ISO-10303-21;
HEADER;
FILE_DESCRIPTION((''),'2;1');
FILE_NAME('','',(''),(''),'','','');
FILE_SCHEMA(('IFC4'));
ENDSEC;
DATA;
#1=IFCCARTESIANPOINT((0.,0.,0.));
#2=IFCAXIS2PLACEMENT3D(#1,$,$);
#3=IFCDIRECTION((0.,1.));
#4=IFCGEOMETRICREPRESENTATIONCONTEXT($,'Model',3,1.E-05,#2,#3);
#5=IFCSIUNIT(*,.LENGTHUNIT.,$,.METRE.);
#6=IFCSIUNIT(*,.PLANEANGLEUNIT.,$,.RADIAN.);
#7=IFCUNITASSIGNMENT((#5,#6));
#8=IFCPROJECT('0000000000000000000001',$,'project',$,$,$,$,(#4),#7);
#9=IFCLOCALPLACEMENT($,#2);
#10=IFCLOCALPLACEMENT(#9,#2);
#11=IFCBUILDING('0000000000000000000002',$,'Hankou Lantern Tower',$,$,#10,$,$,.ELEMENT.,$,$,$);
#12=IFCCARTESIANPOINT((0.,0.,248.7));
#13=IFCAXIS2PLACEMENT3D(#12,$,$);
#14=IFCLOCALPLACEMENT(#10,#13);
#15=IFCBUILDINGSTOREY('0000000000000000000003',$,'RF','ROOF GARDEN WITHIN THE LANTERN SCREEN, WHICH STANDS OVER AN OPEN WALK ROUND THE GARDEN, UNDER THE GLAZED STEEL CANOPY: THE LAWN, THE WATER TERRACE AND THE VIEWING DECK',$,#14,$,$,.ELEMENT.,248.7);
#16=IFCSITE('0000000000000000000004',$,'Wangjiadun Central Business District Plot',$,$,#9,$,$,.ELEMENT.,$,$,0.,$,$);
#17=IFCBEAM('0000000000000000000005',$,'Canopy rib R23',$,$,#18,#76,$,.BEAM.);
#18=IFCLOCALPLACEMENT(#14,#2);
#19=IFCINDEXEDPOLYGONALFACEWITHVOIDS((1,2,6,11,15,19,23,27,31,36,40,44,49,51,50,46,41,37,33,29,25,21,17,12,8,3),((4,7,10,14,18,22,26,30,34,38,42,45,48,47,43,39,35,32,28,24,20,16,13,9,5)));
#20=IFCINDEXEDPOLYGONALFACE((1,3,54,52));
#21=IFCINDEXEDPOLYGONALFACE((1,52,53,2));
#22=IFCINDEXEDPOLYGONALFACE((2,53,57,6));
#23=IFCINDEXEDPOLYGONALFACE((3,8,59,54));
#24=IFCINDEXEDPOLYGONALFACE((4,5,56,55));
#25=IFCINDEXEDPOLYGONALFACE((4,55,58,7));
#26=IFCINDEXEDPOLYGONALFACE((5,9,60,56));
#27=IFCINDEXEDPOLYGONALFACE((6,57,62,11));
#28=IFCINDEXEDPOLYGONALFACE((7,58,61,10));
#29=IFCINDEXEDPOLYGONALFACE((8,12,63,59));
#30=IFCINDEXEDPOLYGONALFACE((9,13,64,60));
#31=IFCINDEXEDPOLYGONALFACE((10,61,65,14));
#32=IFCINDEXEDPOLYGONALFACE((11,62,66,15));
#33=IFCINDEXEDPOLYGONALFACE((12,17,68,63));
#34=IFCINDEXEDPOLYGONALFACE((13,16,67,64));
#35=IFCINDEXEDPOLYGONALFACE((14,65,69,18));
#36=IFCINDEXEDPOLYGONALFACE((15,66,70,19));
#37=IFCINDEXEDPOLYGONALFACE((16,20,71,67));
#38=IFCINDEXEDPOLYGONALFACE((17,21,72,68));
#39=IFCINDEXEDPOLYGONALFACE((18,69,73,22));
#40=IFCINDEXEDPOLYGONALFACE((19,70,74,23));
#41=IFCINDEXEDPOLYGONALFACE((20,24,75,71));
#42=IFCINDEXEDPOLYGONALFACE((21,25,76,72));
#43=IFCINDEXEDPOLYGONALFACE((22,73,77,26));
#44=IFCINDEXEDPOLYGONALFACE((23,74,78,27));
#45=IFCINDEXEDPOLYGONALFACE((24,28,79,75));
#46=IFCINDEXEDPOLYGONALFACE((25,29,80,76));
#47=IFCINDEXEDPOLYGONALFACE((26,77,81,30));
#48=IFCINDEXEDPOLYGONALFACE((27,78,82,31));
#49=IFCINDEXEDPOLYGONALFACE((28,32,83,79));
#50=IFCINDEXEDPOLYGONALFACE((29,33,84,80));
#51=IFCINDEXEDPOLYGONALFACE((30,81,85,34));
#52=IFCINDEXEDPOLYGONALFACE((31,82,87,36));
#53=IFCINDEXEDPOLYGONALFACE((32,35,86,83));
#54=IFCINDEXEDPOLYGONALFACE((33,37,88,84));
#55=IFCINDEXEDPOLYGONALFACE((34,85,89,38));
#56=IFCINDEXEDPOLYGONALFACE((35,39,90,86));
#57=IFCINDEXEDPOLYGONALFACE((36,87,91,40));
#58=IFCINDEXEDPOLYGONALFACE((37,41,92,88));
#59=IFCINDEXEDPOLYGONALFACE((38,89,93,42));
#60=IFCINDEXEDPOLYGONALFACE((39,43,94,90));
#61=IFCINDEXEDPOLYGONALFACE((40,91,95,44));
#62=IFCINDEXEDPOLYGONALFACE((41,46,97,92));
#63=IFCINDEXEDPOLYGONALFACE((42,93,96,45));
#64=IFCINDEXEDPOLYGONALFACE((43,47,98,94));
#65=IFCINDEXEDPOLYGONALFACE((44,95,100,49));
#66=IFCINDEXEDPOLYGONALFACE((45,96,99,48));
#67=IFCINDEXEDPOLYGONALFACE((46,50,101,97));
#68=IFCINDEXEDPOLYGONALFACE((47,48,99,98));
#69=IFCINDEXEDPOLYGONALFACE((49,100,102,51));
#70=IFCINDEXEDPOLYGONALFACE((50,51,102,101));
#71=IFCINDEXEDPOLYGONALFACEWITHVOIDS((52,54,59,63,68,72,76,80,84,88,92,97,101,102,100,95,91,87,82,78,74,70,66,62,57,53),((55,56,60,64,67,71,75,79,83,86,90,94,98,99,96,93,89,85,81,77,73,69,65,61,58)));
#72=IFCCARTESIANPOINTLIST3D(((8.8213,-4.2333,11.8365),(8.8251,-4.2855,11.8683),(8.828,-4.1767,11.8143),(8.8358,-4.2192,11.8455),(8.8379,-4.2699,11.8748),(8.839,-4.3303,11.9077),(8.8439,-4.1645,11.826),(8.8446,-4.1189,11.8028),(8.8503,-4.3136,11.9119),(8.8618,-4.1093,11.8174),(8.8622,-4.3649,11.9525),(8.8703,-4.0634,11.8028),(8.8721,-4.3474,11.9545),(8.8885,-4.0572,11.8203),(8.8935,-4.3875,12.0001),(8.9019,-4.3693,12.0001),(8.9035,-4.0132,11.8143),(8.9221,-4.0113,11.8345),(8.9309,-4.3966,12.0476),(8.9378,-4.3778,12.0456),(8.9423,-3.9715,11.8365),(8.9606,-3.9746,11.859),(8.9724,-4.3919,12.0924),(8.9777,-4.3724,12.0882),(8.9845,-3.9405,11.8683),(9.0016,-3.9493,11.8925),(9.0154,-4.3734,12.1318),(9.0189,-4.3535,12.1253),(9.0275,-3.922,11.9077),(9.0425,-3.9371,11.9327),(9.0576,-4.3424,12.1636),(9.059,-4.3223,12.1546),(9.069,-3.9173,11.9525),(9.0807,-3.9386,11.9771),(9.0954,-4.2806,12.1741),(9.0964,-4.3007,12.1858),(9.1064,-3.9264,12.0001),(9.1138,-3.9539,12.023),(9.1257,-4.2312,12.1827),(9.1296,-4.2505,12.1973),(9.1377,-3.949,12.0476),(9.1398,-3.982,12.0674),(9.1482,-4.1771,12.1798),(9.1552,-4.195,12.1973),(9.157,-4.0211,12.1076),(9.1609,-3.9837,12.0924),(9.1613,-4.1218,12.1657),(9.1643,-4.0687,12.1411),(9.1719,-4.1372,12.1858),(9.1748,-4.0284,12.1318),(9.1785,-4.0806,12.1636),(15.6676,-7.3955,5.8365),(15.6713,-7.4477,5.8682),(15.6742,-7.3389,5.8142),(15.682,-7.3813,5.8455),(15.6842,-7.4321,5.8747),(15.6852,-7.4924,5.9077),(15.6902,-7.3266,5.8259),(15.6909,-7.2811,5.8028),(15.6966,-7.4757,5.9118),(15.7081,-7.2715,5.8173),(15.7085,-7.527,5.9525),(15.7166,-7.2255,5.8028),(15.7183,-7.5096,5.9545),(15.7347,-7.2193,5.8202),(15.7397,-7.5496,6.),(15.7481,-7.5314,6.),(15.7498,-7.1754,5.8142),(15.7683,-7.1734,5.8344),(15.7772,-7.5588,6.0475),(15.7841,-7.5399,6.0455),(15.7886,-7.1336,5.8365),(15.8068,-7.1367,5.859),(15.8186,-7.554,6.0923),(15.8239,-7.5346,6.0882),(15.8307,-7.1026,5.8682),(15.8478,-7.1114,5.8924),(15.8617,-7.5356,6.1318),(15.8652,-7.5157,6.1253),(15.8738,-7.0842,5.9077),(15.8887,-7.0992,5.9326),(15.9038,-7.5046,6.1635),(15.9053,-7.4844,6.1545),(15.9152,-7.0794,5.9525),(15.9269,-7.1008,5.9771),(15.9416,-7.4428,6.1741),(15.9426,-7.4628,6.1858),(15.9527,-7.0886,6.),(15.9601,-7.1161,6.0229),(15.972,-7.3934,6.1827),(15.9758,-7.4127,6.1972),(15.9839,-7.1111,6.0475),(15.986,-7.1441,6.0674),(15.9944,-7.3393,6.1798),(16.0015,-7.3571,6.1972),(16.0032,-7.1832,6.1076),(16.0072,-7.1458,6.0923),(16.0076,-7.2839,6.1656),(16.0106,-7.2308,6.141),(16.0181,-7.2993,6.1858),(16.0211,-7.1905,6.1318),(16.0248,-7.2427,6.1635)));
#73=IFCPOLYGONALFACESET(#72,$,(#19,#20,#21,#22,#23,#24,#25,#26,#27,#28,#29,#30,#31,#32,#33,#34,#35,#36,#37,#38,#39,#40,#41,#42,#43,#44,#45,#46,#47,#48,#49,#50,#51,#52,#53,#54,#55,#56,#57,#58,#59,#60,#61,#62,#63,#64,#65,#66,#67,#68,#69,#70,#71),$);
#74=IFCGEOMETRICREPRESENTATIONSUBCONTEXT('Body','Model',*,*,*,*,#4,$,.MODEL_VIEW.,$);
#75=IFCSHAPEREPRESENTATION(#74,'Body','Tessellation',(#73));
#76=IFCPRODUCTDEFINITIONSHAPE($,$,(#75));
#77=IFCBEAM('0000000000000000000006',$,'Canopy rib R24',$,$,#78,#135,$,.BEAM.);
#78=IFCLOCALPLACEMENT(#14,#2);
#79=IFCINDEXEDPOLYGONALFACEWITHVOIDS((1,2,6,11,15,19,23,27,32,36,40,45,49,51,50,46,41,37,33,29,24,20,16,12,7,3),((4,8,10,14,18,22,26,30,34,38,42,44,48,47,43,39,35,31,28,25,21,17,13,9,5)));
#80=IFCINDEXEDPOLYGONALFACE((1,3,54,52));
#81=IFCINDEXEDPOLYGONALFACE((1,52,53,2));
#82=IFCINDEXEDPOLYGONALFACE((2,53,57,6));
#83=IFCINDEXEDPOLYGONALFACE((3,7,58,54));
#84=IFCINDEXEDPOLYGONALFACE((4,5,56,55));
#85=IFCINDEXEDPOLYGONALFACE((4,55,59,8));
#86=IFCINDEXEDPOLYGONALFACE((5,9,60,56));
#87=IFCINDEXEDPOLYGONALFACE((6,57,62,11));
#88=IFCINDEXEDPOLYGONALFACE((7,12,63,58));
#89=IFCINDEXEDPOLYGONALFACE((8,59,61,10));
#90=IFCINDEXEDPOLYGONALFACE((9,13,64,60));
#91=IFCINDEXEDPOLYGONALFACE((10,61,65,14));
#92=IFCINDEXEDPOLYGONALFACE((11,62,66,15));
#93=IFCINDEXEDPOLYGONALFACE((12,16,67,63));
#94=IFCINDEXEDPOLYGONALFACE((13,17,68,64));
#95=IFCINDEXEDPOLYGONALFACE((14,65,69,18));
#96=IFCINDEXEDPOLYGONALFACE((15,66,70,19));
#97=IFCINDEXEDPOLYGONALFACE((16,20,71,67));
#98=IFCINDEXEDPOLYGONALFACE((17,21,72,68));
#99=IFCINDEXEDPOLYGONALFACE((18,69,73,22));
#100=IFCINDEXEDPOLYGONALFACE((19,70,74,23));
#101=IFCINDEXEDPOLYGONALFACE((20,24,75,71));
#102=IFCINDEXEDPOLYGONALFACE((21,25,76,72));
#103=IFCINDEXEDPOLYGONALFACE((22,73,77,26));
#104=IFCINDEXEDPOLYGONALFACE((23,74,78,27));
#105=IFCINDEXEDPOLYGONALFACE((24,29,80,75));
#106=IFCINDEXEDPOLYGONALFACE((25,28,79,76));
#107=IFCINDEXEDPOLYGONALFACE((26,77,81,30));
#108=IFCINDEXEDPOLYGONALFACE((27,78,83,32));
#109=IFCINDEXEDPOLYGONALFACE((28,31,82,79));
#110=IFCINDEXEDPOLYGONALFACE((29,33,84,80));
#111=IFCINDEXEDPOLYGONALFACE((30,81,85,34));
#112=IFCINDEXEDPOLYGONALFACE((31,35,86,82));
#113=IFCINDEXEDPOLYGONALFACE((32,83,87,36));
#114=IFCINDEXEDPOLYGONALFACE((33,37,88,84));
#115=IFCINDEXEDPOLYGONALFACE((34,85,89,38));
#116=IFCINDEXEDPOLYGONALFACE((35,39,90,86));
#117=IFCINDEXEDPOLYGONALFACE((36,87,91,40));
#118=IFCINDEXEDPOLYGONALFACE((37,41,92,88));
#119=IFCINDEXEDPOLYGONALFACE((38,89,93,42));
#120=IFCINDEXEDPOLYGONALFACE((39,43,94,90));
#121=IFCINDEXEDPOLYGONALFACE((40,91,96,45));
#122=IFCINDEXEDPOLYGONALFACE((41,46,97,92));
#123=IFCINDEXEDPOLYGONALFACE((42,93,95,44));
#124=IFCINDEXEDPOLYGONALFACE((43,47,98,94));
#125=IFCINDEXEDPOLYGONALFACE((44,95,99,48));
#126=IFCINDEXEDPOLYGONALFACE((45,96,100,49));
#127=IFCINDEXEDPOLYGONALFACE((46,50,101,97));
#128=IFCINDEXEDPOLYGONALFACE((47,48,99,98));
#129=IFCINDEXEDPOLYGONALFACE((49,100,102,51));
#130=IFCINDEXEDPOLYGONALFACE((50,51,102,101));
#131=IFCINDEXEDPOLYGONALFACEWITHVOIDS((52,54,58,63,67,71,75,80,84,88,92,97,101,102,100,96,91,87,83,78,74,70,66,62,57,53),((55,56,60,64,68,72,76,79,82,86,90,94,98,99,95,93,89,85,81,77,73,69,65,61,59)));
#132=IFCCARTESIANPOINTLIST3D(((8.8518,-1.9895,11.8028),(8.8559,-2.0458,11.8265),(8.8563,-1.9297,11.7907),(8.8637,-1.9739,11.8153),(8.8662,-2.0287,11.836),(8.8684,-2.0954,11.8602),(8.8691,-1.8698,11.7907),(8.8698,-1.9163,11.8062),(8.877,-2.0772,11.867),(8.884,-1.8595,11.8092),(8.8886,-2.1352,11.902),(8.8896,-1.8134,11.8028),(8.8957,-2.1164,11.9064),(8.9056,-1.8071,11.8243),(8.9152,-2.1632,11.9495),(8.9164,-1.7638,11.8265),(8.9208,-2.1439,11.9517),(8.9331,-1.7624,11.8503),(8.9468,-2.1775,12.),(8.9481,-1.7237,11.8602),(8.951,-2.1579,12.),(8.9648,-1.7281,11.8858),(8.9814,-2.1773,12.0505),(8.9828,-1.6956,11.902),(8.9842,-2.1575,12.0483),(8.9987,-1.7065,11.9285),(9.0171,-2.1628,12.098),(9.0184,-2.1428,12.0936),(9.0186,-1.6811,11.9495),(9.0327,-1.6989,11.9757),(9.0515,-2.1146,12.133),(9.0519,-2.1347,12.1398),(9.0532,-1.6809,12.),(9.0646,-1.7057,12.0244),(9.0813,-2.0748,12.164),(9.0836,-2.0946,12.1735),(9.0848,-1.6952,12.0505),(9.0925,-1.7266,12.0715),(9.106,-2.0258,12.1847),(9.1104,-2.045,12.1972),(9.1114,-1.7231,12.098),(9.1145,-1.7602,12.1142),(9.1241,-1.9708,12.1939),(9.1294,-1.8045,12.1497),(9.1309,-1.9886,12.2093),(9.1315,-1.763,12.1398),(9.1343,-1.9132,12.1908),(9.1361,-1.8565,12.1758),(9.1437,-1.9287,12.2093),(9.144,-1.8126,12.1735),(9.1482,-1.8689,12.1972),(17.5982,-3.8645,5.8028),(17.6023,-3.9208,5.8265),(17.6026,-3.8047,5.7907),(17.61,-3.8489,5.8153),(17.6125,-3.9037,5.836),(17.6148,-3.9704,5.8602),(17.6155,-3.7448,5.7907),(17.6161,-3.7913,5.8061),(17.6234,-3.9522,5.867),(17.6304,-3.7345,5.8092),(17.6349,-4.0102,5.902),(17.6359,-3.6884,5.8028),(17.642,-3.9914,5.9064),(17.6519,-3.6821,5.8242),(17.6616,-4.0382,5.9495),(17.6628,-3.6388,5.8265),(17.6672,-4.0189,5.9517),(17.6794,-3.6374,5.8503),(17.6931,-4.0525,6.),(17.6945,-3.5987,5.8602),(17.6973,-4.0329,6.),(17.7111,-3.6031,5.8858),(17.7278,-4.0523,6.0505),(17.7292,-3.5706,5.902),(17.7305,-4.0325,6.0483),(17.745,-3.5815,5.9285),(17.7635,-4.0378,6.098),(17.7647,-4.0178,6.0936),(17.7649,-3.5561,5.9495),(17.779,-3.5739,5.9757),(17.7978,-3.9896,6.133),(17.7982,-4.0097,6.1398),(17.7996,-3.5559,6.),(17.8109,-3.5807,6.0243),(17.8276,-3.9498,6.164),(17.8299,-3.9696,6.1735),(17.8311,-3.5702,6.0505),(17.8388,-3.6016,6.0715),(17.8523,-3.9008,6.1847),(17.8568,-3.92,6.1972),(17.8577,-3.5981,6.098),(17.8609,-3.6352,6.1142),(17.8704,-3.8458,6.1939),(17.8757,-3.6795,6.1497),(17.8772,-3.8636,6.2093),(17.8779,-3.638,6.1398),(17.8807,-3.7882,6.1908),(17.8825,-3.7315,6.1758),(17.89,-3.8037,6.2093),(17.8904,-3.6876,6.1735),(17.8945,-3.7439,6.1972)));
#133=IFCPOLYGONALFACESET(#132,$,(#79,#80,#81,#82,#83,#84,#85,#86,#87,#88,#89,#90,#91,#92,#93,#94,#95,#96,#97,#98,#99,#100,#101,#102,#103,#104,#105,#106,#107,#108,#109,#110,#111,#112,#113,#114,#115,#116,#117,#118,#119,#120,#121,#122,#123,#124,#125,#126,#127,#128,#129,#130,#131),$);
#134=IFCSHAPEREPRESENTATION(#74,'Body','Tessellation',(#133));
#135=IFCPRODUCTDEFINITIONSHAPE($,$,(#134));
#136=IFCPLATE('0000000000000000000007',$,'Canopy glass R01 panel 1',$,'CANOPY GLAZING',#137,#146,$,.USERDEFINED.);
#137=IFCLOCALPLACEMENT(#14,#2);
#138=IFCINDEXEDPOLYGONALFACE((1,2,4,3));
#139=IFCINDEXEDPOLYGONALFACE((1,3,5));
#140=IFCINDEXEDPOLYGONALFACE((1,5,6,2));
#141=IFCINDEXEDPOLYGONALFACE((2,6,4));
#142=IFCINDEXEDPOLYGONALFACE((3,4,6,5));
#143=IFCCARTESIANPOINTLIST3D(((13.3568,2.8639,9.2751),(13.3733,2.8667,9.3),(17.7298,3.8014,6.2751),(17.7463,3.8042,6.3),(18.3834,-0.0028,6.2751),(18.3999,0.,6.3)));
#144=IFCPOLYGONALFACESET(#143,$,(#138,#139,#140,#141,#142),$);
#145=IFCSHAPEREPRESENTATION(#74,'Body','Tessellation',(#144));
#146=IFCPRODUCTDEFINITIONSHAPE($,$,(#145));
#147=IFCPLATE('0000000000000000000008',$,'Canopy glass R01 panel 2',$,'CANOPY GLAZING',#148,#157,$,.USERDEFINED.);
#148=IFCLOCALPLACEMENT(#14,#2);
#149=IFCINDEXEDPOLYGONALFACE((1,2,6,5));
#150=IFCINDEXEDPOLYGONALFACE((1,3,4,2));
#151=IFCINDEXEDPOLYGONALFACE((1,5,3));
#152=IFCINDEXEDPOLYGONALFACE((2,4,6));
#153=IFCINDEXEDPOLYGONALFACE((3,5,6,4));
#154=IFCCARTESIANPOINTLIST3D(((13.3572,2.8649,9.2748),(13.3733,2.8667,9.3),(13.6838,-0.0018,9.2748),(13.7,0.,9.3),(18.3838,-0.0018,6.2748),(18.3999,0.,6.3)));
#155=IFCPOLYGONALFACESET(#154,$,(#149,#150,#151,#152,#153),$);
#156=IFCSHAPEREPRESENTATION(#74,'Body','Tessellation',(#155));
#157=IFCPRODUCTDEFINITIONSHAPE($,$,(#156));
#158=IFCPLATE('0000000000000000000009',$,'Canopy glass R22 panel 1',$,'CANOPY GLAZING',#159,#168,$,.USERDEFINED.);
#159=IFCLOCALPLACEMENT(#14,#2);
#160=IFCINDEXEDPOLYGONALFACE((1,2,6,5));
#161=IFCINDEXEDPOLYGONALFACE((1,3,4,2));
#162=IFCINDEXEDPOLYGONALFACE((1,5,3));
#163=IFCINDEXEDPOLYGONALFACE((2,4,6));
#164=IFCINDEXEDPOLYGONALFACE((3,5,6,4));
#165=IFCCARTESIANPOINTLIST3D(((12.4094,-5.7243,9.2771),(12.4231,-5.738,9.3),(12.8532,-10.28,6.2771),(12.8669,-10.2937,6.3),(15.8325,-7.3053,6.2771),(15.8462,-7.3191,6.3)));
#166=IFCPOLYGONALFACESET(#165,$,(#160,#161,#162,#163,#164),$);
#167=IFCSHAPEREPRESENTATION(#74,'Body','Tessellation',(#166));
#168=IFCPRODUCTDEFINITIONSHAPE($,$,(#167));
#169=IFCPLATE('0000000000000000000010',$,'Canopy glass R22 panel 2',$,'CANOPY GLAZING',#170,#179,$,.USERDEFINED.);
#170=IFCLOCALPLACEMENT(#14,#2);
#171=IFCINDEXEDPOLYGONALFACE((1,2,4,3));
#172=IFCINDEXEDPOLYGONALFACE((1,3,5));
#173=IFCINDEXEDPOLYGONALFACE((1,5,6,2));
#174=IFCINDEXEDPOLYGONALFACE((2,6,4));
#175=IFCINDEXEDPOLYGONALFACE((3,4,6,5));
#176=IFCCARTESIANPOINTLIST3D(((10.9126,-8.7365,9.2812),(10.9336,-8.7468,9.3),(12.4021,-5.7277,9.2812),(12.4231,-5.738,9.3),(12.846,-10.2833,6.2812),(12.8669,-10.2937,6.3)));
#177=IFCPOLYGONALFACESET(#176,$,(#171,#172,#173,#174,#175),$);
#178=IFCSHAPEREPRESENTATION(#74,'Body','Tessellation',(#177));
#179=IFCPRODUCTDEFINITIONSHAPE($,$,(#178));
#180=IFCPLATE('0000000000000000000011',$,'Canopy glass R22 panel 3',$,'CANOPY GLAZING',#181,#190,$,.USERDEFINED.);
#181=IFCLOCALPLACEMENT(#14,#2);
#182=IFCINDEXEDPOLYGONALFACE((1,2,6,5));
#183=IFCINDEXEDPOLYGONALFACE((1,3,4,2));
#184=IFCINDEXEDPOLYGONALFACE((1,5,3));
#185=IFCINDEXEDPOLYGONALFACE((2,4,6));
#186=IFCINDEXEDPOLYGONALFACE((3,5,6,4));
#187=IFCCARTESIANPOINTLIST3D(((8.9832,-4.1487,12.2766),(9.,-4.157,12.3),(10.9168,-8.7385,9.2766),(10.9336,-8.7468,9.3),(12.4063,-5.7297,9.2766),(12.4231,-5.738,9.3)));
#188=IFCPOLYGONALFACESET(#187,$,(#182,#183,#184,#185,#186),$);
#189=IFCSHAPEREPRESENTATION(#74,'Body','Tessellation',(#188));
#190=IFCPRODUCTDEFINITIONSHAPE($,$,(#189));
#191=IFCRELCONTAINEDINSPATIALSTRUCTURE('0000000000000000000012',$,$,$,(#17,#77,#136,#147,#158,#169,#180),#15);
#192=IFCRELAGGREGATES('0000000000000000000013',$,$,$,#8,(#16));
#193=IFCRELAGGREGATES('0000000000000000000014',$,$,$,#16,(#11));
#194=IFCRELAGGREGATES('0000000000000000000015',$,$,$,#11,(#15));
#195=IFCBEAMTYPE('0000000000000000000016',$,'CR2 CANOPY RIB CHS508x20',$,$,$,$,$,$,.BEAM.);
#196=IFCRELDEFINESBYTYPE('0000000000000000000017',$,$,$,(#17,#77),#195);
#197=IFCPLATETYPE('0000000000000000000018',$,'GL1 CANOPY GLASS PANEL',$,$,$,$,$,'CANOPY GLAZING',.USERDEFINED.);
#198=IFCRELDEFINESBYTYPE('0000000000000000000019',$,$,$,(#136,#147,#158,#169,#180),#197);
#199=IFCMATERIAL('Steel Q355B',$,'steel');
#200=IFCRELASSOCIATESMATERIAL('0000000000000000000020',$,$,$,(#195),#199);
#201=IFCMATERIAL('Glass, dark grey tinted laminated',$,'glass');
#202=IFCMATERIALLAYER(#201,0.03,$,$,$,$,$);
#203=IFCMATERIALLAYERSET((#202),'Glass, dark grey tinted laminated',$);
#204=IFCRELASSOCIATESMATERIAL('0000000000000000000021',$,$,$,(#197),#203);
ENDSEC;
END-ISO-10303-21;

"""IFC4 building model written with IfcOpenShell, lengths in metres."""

from ifc_helpers import new_model, si_unit, direction, frame, origin, origin_2d, place, context, subcontext, project, spatial, polyline, hollow_circle, outline, extrude, material, layer, layer_set, material_profile, profile_set, type_object, element, save


model = new_model("IFC4")

# Units and contexts
model_context = context("Model", 3, precision=1e-05, world=origin(), true_north=direction((0.0, 1.0)))
body_context = subcontext(model_context, "Body", "Model", "MODEL_VIEW")
ifc_project = project(units=[si_unit("LENGTHUNIT", "METRE"), si_unit("PLANEANGLEUNIT", "RADIAN")], contexts=[model_context])

# Site, building, storey
site_placement = place(None, origin())
site = spatial("IfcSite", under=ifc_project, at=site_placement, Name="Wangjiadun Central Business District Plot", CompositionType="ELEMENT", RefElevation=0.0)
building_placement = place(site_placement, origin())
building = spatial("IfcBuilding", under=site, at=building_placement, Name="Hankou Lantern Tower", CompositionType="ELEMENT")
storey_placement = place(building_placement, frame((0.0, 0.0, 248.7)))
storey = spatial("IfcBuildingStorey", under=building, at=storey_placement, Name="RF", Description="ROOF GARDEN WITHIN THE LANTERN SCREEN, WHICH STANDS OVER AN OPEN WALK ROUND THE GARDEN, UNDER THE GLAZED STEEL CANOPY: THE LAWN, THE WATER TERRACE AND THE VIEWING DECK", CompositionType="ELEMENT", Elevation=248.7)

# Beams
ifc_material_1 = material(Name="Steel Q355B", Category="steel")
ifc_material_profile_1 = material_profile(ifc_material_1, hollow_circle(Radius=0.2539, WallThickness=0.02, at=origin_2d()), Name="CHS508x20")
ifc_profile_set_1 = profile_set([ifc_material_profile_1], Name="Steel Q355B")
beam_type_1 = type_object("IfcBeamType", Name="CR2 CANOPY RIB CHS508x20", PredefinedType="BEAM", material=ifc_profile_set_1)
beam_1_placement = place(storey_placement, frame((15.8462, -7.3191, 6.0), z_axis=(-0.710416, 0.328126, 0.622609), x_axis=(-0.419313, -0.907842, 0.0)))
element("IfcBeam", 1, at=beam_1_placement, inside=storey, type_object=beam_type_1, Name="Canopy rib R23", PredefinedType="BEAM", context=body_context, shape_type="SweptSolid", body=[
    extrude(hollow_circle(Radius=0.2539, WallThickness=0.02, at=origin_2d()), origin(), (0.0, 0.0, 1.0), 9.637),
])
beam_2_placement = place(storey_placement, frame((17.7463, -3.8042, 6.0), z_axis=(-0.812028, 0.174079, 0.557052), x_axis=(-0.209613, -0.977784, 0.0)))
element("IfcBeam", 2, at=beam_2_placement, inside=storey, type_object=beam_type_1, Name="Canopy rib R24", PredefinedType="BEAM", context=body_context, shape_type="SweptSolid", body=[
    extrude(hollow_circle(Radius=0.2539, WallThickness=0.02, at=origin_2d()), origin(), (0.0, 0.0, 1.0), 10.771),
])

# Plates
ifc_material_2 = material(Name="Glass, dark grey tinted laminated", Category="glass")
ifc_layer_1 = layer(ifc_material_2, 0.03)
ifc_layer_set_1 = layer_set([ifc_layer_1], Name="Glass, dark grey tinted laminated")
plate_type = type_object("IfcPlateType", Name="GL1 CANOPY GLASS PANEL", ElementType="CANOPY GLAZING", PredefinedType="USERDEFINED", material=ifc_layer_set_1)
plate_1_placement = place(storey_placement, frame((18.3999, 0.0, 6.3), z_axis=(0.549338, 0.094377, 0.830253), x_axis=(-0.16932, 0.985561, 0.0)))
element("IfcPlate", 3, at=plate_1_placement, inside=storey, type_object=plate_type, Name="Canopy glass R01 panel 1", ObjectType="CANOPY GLAZING", PredefinedType="USERDEFINED", context=body_context, shape_type="SweptSolid", body=[
    extrude(outline(polyline([(0.0, 0.0), (3.8599, 0.0), (3.6764, 5.3823), (0.0, 0.0)])), origin(), (0.0, 0.0, -1.0), 0.03),
])
plate_2_placement = place(storey_placement, frame((18.3999, 0.0, 6.3), z_axis=(0.537031, 0.061195, 0.84134), x_axis=(-0.771185, 0.43981, 0.460261)))
element("IfcPlate", 4, at=plate_2_placement, inside=storey, type_object=plate_type, Name="Canopy glass R01 panel 2", ObjectType="CANOPY GLAZING", PredefinedType="USERDEFINED", context=body_context, shape_type="SweptSolid", body=[
    extrude(outline(polyline([(0.0, 0.0), (6.518, 0.0), (5.0053, 2.4569), (0.0, 0.0)])), origin(), (0.0, 0.0, -1.0), 0.03),
])
plate_3_placement = place(storey_placement, frame((12.8669, -10.2937, 6.3), z_axis=(0.456995, -0.457708, 0.762666), x_axis=(0.707657, 0.706556, 0.0)))
element("IfcPlate", 5, at=plate_3_placement, inside=storey, type_object=plate_type, Name="Canopy glass R22 panel 1", ObjectType="CANOPY GLAZING", PredefinedType="USERDEFINED", context=body_context, shape_type="SweptSolid", body=[
    extrude(outline(polyline([(0.0, 0.0), (4.21, 0.0), (2.9047, 4.6383), (0.0, 0.0)])), origin(), (0.0, 0.0, -1.0), 0.03),
])
plate_4_placement = place(storey_placement, frame((12.8669, -10.2937, 6.3), z_axis=(0.697656, -0.345375, 0.627688), x_axis=(-0.081101, 0.832426, 0.54817)))
element("IfcPlate", 6, at=plate_4_placement, inside=storey, type_object=plate_type, Name="Canopy glass R22 panel 2", ObjectType="CANOPY GLAZING", PredefinedType="USERDEFINED", context=body_context, shape_type="SweptSolid", body=[
    extrude(outline(polyline([(0.0, 0.0), (5.4728, 0.0), (3.089, 2.3641), (0.0, 0.0)])), origin(), (0.0, 0.0, -1.0), 0.03),
])
plate_5_placement = place(storey_placement, frame((10.9336, -8.7468, 9.3), z_axis=(0.558103, -0.276289, 0.782423), x_axis=(0.443661, 0.896195, 0.0)))
element("IfcPlate", 7, at=plate_5_placement, inside=storey, type_object=plate_type, Name="Canopy glass R22 panel 3", ObjectType="CANOPY GLAZING", PredefinedType="USERDEFINED", context=body_context, shape_type="SweptSolid", body=[
    extrude(outline(polyline([(0.0, 0.0), (3.3573, 0.0), (3.2555, 4.8174), (0.0, 0.0)])), origin(), (0.0, 0.0, -1.0), 0.03),
])

save(model, "model.ifc")
